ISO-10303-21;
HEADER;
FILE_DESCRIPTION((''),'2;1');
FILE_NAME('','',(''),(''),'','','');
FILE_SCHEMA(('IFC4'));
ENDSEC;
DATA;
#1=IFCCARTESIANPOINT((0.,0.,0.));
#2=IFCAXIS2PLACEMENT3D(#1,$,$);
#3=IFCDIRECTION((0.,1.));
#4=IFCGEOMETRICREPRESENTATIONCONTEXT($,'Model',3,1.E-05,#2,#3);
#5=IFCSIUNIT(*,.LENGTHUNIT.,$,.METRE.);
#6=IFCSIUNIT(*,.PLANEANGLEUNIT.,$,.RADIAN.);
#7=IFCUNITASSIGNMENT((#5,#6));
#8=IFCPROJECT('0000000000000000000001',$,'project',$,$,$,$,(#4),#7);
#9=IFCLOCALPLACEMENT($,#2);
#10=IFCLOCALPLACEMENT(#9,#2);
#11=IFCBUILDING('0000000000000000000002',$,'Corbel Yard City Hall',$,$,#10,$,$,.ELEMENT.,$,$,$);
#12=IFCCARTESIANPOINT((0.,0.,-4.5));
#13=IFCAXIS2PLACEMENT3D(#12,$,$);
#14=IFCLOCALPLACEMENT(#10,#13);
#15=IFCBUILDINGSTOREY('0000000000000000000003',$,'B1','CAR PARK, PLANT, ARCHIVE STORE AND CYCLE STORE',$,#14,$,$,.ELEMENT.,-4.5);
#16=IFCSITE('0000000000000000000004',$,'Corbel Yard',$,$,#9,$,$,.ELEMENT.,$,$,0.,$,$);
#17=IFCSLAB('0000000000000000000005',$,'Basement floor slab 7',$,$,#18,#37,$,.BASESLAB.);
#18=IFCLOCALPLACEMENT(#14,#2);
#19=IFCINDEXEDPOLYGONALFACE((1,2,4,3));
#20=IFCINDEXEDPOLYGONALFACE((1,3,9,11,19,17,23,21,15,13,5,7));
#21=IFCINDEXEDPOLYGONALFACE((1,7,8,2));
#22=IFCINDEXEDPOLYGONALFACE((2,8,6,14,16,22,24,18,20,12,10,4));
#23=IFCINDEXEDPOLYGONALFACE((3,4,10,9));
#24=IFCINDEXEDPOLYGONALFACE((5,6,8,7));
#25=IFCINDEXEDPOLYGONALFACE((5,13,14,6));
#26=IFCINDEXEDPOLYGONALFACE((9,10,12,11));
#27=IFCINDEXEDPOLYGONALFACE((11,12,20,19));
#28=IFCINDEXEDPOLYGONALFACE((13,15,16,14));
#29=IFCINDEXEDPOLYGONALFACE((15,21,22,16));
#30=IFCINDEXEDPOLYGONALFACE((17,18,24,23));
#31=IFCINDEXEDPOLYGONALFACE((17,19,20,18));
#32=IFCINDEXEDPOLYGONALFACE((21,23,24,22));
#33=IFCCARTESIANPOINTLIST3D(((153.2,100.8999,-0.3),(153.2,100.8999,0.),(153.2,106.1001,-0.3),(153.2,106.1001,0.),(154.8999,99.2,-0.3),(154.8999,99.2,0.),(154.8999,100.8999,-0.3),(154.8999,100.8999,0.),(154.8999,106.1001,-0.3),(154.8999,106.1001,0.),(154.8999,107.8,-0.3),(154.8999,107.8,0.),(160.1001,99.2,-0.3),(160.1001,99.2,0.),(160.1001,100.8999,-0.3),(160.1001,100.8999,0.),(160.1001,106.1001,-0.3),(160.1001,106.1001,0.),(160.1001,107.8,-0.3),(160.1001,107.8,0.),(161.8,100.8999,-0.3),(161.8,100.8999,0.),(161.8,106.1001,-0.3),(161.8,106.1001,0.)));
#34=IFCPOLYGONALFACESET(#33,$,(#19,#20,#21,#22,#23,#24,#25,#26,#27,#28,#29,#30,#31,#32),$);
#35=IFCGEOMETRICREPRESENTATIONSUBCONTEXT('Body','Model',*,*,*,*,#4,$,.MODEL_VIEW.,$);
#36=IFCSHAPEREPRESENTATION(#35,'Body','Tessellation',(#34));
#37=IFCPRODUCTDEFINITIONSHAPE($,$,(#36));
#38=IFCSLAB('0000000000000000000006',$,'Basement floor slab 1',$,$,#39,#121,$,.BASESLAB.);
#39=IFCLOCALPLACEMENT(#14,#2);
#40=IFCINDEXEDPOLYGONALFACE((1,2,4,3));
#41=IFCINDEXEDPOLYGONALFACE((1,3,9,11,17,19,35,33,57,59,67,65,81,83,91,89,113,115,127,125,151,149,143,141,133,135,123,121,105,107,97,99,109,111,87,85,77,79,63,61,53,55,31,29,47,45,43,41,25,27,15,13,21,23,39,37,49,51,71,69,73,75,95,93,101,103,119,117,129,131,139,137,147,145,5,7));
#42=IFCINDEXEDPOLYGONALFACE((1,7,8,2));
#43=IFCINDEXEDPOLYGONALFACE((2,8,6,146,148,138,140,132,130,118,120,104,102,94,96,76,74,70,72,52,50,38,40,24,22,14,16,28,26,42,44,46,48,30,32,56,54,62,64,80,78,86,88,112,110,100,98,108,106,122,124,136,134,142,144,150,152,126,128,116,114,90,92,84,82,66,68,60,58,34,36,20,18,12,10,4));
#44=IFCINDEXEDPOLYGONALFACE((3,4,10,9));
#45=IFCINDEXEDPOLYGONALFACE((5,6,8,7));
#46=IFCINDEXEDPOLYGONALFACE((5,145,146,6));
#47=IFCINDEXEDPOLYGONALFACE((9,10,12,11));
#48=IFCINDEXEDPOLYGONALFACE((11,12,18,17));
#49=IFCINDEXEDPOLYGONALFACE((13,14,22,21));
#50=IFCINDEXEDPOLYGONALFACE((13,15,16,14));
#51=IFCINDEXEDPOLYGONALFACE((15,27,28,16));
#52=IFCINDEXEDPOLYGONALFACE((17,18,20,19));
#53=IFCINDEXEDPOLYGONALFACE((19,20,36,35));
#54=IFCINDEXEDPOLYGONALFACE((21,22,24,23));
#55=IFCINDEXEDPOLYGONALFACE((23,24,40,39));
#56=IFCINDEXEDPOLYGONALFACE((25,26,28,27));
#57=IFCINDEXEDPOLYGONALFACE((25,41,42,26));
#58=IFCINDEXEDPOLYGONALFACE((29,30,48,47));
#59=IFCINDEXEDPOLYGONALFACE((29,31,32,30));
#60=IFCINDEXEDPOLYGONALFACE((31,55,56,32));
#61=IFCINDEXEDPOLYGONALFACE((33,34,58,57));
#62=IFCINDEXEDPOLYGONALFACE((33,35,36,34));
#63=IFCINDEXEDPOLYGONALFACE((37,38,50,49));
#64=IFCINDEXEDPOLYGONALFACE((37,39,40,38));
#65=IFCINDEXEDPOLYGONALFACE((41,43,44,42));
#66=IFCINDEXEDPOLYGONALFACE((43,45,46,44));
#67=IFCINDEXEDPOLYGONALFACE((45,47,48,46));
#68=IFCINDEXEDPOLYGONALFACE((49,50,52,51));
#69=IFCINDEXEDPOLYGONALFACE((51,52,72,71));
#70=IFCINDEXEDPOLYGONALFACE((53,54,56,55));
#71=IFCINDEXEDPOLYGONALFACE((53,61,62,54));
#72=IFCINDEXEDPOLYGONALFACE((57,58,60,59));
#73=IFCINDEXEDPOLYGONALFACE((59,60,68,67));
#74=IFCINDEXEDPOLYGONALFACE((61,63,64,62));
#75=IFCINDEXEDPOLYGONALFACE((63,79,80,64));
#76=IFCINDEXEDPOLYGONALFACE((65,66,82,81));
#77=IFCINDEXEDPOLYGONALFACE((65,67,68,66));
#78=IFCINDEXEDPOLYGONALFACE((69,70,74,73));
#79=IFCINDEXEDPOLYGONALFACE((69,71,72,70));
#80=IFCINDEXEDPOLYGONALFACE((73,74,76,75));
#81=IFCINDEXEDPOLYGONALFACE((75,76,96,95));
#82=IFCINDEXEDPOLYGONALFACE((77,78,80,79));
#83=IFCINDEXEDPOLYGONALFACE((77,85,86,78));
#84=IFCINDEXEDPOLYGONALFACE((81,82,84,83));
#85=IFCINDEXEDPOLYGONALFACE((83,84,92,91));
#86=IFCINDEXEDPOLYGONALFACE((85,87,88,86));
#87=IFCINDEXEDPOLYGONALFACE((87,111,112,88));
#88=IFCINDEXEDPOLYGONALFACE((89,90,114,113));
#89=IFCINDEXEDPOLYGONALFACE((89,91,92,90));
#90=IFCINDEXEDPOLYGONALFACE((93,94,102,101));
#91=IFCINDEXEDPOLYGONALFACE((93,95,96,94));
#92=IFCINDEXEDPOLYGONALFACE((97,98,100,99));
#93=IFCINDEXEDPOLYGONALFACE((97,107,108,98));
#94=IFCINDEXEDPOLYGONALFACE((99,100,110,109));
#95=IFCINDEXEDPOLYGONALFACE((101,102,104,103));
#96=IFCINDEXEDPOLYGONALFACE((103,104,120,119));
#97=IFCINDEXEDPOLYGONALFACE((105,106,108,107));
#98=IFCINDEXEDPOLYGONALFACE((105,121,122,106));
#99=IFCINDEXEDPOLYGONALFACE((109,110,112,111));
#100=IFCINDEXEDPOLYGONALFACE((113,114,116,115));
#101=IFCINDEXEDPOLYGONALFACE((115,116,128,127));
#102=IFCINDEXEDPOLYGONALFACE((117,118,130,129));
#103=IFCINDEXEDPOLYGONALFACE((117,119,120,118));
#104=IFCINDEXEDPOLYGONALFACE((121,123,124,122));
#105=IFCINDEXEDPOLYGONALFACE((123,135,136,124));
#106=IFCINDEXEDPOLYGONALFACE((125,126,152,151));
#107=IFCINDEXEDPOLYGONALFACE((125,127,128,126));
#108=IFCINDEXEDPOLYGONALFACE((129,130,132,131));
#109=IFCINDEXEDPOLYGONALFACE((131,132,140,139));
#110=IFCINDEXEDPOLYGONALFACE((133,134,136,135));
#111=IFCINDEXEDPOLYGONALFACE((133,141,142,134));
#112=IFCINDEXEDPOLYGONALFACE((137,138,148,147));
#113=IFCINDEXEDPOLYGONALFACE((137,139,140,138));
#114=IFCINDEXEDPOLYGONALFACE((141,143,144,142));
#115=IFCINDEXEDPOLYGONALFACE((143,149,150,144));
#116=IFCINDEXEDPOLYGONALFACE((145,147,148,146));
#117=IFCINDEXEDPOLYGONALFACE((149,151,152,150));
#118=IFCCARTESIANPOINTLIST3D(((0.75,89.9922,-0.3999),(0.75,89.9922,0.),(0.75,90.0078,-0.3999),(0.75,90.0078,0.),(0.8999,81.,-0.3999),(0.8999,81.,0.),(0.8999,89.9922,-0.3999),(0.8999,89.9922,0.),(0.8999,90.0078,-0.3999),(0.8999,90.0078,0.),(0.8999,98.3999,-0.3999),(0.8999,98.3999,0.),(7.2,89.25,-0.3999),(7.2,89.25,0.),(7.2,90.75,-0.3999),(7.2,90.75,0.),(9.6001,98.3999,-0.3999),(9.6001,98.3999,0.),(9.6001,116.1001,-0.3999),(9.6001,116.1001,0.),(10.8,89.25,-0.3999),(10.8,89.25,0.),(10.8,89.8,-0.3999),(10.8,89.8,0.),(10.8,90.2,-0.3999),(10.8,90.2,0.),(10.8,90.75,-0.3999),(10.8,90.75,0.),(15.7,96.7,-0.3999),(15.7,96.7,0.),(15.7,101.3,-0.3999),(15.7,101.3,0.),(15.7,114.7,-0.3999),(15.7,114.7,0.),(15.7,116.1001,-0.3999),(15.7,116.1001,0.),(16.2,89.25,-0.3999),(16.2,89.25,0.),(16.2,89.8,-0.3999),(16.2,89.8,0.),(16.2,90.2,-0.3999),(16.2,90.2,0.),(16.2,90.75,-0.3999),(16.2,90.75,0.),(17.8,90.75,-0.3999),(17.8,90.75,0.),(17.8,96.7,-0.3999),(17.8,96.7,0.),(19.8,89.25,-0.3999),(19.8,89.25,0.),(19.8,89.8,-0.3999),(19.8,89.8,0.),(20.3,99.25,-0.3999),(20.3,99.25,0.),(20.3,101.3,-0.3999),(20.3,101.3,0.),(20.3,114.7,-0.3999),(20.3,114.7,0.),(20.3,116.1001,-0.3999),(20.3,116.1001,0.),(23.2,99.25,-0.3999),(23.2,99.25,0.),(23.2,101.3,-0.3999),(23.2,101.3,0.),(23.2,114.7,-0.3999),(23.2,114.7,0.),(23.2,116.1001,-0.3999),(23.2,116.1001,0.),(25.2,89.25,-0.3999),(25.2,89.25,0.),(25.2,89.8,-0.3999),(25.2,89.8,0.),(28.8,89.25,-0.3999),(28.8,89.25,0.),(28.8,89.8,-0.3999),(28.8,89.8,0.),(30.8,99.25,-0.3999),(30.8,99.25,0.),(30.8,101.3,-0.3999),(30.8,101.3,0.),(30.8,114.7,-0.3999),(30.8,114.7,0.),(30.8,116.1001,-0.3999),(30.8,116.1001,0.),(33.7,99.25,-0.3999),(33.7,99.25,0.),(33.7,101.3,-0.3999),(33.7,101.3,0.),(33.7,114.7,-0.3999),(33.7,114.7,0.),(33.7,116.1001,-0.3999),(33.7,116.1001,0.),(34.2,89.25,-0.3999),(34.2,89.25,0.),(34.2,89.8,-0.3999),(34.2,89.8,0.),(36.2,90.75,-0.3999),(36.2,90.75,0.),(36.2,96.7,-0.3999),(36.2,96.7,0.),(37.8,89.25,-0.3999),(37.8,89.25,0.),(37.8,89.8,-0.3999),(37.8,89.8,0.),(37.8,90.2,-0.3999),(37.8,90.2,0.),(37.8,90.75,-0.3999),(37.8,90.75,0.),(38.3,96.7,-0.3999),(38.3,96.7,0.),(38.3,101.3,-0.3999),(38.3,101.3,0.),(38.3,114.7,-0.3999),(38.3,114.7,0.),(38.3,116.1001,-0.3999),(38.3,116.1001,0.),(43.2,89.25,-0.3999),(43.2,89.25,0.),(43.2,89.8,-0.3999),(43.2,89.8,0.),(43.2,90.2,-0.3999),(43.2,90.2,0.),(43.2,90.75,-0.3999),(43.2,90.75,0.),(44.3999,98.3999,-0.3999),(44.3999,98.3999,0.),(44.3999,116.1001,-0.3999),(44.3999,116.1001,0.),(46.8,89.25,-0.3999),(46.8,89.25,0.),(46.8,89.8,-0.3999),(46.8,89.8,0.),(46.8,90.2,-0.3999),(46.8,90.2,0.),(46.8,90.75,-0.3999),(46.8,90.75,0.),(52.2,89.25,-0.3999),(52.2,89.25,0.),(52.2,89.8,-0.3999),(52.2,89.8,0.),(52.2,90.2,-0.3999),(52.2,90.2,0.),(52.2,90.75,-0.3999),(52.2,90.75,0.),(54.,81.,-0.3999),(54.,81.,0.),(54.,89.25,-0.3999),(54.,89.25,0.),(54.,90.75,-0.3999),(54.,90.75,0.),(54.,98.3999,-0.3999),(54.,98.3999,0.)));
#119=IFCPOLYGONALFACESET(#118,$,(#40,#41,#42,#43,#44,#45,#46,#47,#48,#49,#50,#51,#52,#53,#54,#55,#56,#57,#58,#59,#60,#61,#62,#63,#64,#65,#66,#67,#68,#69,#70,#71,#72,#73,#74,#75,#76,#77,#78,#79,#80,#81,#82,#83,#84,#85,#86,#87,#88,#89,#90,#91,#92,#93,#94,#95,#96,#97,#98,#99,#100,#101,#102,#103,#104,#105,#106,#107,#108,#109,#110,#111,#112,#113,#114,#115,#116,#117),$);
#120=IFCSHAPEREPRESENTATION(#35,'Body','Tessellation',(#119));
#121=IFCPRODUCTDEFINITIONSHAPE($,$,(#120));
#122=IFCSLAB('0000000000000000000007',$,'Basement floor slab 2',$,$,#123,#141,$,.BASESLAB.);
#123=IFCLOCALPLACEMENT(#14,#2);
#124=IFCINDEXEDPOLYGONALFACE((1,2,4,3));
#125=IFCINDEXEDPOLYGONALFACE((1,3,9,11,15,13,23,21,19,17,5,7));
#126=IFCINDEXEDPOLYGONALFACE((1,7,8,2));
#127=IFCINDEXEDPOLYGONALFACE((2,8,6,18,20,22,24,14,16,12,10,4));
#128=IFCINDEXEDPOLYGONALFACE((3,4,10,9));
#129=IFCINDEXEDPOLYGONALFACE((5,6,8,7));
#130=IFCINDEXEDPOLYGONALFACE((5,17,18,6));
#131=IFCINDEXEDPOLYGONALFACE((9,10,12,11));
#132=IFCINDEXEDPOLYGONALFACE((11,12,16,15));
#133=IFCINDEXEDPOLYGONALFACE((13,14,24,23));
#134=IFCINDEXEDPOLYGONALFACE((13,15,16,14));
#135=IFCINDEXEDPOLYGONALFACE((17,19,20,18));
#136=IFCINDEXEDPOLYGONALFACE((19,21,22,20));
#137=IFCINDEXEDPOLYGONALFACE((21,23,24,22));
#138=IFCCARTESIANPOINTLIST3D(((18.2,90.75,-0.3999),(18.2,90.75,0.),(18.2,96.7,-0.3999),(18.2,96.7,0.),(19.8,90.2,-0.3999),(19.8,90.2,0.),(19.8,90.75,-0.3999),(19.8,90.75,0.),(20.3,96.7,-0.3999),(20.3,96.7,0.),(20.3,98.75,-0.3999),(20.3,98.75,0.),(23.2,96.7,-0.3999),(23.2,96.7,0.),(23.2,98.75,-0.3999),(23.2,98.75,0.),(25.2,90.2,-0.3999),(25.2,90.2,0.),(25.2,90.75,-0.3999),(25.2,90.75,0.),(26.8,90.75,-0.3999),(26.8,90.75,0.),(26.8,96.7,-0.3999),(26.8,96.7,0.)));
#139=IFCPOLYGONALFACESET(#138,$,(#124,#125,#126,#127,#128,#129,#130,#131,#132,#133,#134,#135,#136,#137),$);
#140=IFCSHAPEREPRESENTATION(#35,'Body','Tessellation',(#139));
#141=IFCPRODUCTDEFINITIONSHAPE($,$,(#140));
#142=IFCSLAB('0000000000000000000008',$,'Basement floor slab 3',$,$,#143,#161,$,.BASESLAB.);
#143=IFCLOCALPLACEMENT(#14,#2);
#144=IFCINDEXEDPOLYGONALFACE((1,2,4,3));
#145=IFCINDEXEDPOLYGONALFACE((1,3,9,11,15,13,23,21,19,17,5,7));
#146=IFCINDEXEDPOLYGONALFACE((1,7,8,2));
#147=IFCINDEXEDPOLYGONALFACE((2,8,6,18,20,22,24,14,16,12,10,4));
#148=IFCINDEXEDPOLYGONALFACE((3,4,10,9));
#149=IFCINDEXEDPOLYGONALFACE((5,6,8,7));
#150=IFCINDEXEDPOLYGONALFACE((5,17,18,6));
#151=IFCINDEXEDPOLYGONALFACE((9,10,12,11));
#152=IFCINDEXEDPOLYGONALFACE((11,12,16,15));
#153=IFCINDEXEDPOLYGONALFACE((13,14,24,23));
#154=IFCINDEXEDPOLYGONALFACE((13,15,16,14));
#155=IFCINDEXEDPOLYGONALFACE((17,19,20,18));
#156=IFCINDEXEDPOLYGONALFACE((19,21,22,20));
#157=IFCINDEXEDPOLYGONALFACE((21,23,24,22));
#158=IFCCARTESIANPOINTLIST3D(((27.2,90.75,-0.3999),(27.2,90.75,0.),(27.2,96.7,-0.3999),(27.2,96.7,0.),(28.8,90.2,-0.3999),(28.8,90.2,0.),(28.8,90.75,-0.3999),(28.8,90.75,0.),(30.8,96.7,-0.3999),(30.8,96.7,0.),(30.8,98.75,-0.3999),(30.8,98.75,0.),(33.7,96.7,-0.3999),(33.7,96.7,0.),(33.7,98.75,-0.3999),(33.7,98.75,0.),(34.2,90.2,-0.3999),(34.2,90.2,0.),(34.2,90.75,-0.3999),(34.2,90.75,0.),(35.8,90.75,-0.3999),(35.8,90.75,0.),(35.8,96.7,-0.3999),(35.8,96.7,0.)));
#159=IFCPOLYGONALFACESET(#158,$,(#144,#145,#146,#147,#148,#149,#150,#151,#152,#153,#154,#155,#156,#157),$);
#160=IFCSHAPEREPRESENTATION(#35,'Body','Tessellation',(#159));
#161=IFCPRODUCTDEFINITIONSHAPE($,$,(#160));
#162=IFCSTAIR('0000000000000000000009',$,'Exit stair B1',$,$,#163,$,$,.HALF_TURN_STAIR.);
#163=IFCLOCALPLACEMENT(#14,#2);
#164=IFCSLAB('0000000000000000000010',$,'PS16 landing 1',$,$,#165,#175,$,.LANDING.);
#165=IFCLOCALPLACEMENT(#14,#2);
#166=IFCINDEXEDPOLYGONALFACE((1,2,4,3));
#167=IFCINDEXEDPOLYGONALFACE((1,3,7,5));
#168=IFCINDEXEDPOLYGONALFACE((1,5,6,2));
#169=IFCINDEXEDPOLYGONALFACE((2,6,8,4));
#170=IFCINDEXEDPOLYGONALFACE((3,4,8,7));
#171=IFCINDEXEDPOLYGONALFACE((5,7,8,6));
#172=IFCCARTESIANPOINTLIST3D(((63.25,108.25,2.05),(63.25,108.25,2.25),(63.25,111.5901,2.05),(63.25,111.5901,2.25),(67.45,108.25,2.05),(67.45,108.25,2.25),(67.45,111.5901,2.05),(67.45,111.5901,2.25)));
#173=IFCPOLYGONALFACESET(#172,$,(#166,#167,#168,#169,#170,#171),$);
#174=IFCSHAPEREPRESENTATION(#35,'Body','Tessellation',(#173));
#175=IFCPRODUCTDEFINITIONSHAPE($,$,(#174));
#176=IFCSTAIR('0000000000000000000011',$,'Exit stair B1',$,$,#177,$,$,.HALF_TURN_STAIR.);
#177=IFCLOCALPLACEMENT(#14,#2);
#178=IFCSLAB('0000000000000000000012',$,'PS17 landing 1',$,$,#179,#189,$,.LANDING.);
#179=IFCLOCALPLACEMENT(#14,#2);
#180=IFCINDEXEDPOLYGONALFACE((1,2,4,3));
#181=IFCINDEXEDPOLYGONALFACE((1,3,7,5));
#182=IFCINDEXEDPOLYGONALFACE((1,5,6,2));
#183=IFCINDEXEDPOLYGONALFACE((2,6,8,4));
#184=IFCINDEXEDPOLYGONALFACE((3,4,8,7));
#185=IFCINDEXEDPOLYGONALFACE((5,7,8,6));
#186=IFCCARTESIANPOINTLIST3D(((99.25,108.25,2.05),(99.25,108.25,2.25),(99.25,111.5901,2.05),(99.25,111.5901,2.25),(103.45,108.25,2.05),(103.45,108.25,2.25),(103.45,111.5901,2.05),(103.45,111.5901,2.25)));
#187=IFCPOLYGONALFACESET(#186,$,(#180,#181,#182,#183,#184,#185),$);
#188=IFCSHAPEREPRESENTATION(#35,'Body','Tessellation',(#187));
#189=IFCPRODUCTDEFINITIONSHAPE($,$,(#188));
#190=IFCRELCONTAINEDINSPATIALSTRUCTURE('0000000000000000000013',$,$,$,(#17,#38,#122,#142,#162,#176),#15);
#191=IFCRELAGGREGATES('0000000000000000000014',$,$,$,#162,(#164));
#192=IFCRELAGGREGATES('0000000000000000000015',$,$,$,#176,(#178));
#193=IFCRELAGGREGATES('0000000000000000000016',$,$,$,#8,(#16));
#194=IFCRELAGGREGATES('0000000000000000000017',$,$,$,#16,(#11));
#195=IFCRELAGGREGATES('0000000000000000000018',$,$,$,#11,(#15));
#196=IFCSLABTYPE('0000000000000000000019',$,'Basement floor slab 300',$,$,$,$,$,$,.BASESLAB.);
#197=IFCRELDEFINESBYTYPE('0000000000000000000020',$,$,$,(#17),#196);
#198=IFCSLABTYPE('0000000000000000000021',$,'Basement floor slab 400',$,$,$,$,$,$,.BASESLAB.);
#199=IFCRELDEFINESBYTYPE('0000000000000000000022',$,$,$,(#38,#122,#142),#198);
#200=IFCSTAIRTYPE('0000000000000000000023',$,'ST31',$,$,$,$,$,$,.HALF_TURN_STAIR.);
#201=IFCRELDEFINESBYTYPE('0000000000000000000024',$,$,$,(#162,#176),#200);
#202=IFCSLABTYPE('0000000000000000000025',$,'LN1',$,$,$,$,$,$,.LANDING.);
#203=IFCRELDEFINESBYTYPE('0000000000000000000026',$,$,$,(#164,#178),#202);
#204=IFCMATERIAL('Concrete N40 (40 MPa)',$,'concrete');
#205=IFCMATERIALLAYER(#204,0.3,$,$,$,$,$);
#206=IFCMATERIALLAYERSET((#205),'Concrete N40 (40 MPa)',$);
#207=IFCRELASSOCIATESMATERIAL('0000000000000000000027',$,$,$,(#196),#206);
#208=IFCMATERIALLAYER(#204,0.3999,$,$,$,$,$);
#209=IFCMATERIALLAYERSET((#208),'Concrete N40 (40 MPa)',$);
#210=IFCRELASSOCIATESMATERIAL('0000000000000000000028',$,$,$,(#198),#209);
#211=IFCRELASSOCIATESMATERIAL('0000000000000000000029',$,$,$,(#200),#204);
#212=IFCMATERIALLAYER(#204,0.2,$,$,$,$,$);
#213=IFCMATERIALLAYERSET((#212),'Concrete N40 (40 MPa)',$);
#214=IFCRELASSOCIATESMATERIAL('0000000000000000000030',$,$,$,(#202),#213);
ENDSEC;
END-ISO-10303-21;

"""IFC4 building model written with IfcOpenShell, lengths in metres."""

from ifc_helpers import new_model, si_unit, direction, frame, origin, place, context, subcontext, project, spatial, polyline, outline, extrude, material, layer, layer_set, type_object, element, aggregate, save


model = new_model("IFC4")

# Units and contexts
model_context = context("Model", 3, precision=1e-05, world=origin(), true_north=direction((0.0, 1.0)))
body_context = subcontext(model_context, "Body", "Model", "MODEL_VIEW")
ifc_project = project(units=[si_unit("LENGTHUNIT", "METRE"), si_unit("PLANEANGLEUNIT", "RADIAN")], contexts=[model_context])

# Site, building, storey
site_placement = place(None, origin())
site = spatial("IfcSite", under=ifc_project, at=site_placement, Name="Corbel Yard", CompositionType="ELEMENT", RefElevation=0.0)
building_placement = place(site_placement, origin())
building = spatial("IfcBuilding", under=site, at=building_placement, Name="Corbel Yard City Hall", CompositionType="ELEMENT")
storey_placement = place(building_placement, frame((0.0, 0.0, -4.5)))
storey = spatial("IfcBuildingStorey", under=building, at=storey_placement, Name="B1", Description="CAR PARK, PLANT, ARCHIVE STORE AND CYCLE STORE", CompositionType="ELEMENT", Elevation=-4.5)

# Shared definitions
ifc_material = material(Name="Concrete N40 (40 MPa)", Category="concrete")

# Slabs
ifc_layer_1 = layer(ifc_material, 0.3)
ifc_layer_set_1 = layer_set([ifc_layer_1], Name="Concrete N40 (40 MPa)")
slab_type_1 = type_object("IfcSlabType", Name="Basement floor slab 300", PredefinedType="BASESLAB", material=ifc_layer_set_1)
slab_1_placement = place(storey_placement, frame((0.0, 0.0, -0.3)))
element("IfcSlab", 1, at=slab_1_placement, inside=storey, type_object=slab_type_1, Name="Basement floor slab 7", PredefinedType="BASESLAB", context=body_context, shape_type="SweptSolid", body=[
    extrude(outline(polyline([(160.1001, 99.2), (160.1001, 100.8999), (161.8, 100.8999), (161.8, 106.1001), (160.1001, 106.1001), (160.1001, 107.8), (154.8999, 107.8), (154.8999, 106.1001), (153.2, 106.1001), (153.2, 100.8999), (154.8999, 100.8999), (154.8999, 99.2), (160.1001, 99.2)])), origin(), (0.0, 0.0, 1.0), 0.3),
])
ifc_layer_2 = layer(ifc_material, 0.3999)
ifc_layer_set_2 = layer_set([ifc_layer_2], Name="Concrete N40 (40 MPa)")
slab_type_2 = type_object("IfcSlabType", Name="Basement floor slab 400", PredefinedType="BASESLAB", material=ifc_layer_set_2)
slab_2_placement = place(storey_placement, frame((0.0, 0.0, -0.3999)))
element("IfcSlab", 2, at=slab_2_placement, inside=storey, type_object=slab_type_2, Name="Basement floor slab 1", PredefinedType="BASESLAB", context=body_context, shape_type="SweptSolid", body=[
    extrude(outline(polyline([(0.8999, 81.0), (54.0, 81.0), (54.0, 89.25), (52.2, 89.25), (52.2, 89.8), (46.8, 89.8), (46.8, 89.25), (43.2, 89.25), (43.2, 89.8), (37.8, 89.8), (37.8, 89.25), (34.2, 89.25), (34.2, 89.8), (28.8, 89.8), (28.8, 89.25), (25.2, 89.25), (25.2, 89.8), (19.8, 89.8), (19.8, 89.25), (16.2, 89.25), (16.2, 89.8), (10.8, 89.8), (10.8, 89.25), (7.2, 89.25), (7.2, 90.75), (10.8, 90.75), (10.8, 90.2), (16.2, 90.2), (16.2, 90.75), (17.8, 90.75), (17.8, 96.7), (15.7, 96.7), (15.7, 101.3), (20.3, 101.3), (20.3, 99.25), (23.2, 99.25), (23.2, 101.3), (30.8, 101.3), (30.8, 99.25), (33.7, 99.25), (33.7, 101.3), (38.3, 101.3), (38.3, 96.7), (36.2, 96.7), (36.2, 90.75), (37.8, 90.75), (37.8, 90.2), (43.2, 90.2), (43.2, 90.75), (46.8, 90.75), (46.8, 90.2), (52.2, 90.2), (52.2, 90.75), (54.0, 90.75), (54.0, 98.3999), (44.3999, 98.3999), (44.3999, 116.1001), (38.3, 116.1001), (38.3, 114.7), (33.7, 114.7), (33.7, 116.1001), (30.8, 116.1001), (30.8, 114.7), (23.2, 114.7), (23.2, 116.1001), (20.3, 116.1001), (20.3, 114.7), (15.7, 114.7), (15.7, 116.1001), (9.6001, 116.1001), (9.6001, 98.3999), (0.8999, 98.3999), (0.8999, 90.0078), (0.75, 90.0078), (0.75, 89.9922), (0.8999, 89.9922), (0.8999, 81.0)])), origin(), (0.0, 0.0, 1.0), 0.3999),
])
slab_3_placement = place(storey_placement, frame((0.0, 0.0, -0.3999)))
element("IfcSlab", 3, at=slab_3_placement, inside=storey, type_object=slab_type_2, Name="Basement floor slab 2", PredefinedType="BASESLAB", context=body_context, shape_type="SweptSolid", body=[
    extrude(outline(polyline([(25.2, 90.2), (25.2, 90.75), (26.8, 90.75), (26.8, 96.7), (23.2, 96.7), (23.2, 98.75), (20.3, 98.75), (20.3, 96.7), (18.2, 96.7), (18.2, 90.75), (19.8, 90.75), (19.8, 90.2), (25.2, 90.2)])), origin(), (0.0, 0.0, 1.0), 0.3999),
])
slab_4_placement = place(storey_placement, frame((0.0, 0.0, -0.3999)))
element("IfcSlab", 4, at=slab_4_placement, inside=storey, type_object=slab_type_2, Name="Basement floor slab 3", PredefinedType="BASESLAB", context=body_context, shape_type="SweptSolid", body=[
    extrude(outline(polyline([(35.8, 96.7), (33.7, 96.7), (33.7, 98.75), (30.8, 98.75), (30.8, 96.7), (27.2, 96.7), (27.2, 90.75), (28.8, 90.75), (28.8, 90.2), (34.2, 90.2), (34.2, 90.75), (35.8, 90.75), (35.8, 96.7)])), origin(), (0.0, 0.0, 1.0), 0.3999),
])

# Stairs, slabs
stair_type_1 = type_object("IfcStairType", Name="ST31", PredefinedType="HALF_TURN_STAIR", material=ifc_material)
stair_1_placement = place(storey_placement, origin())
stair_1 = element("IfcStair", 5, at=stair_1_placement, inside=storey, type_object=stair_type_1, Name="Exit stair B1", PredefinedType="HALF_TURN_STAIR")
ifc_layer_3 = layer(ifc_material, 0.2)
ifc_layer_set_3 = layer_set([ifc_layer_3], Name="Concrete N40 (40 MPa)")
slab_type_3 = type_object("IfcSlabType", Name="LN1", PredefinedType="LANDING", material=ifc_layer_set_3)
slab_5_placement = place(storey_placement, frame((0.0, 0.0, 2.05)))
slab_5 = element("IfcSlab", 6, at=slab_5_placement, type_object=slab_type_3, Name="PS16 landing 1", PredefinedType="LANDING", context=body_context, shape_type="SweptSolid", body=[
    extrude(outline(polyline([(63.25, 108.25), (67.45, 108.25), (67.45, 111.5901), (63.25, 111.5901), (63.25, 108.25)])), origin(), (0.0, 0.0, 1.0), 0.2),
])
aggregate(stair_1, [slab_5])
stair_2_placement = place(storey_placement, origin())
stair_2 = element("IfcStair", 7, at=stair_2_placement, inside=storey, type_object=stair_type_1, Name="Exit stair B1", PredefinedType="HALF_TURN_STAIR")
slab_6_placement = place(storey_placement, frame((0.0, 0.0, 2.05)))
slab_6 = element("IfcSlab", 8, at=slab_6_placement, type_object=slab_type_3, Name="PS17 landing 1", PredefinedType="LANDING", context=body_context, shape_type="SweptSolid", body=[
    extrude(outline(polyline([(99.25, 108.25), (103.45, 108.25), (103.45, 111.5901), (99.25, 111.5901), (99.25, 108.25)])), origin(), (0.0, 0.0, 1.0), 0.2),
])
aggregate(stair_2, [slab_6])

save(model, "model.ifc")
